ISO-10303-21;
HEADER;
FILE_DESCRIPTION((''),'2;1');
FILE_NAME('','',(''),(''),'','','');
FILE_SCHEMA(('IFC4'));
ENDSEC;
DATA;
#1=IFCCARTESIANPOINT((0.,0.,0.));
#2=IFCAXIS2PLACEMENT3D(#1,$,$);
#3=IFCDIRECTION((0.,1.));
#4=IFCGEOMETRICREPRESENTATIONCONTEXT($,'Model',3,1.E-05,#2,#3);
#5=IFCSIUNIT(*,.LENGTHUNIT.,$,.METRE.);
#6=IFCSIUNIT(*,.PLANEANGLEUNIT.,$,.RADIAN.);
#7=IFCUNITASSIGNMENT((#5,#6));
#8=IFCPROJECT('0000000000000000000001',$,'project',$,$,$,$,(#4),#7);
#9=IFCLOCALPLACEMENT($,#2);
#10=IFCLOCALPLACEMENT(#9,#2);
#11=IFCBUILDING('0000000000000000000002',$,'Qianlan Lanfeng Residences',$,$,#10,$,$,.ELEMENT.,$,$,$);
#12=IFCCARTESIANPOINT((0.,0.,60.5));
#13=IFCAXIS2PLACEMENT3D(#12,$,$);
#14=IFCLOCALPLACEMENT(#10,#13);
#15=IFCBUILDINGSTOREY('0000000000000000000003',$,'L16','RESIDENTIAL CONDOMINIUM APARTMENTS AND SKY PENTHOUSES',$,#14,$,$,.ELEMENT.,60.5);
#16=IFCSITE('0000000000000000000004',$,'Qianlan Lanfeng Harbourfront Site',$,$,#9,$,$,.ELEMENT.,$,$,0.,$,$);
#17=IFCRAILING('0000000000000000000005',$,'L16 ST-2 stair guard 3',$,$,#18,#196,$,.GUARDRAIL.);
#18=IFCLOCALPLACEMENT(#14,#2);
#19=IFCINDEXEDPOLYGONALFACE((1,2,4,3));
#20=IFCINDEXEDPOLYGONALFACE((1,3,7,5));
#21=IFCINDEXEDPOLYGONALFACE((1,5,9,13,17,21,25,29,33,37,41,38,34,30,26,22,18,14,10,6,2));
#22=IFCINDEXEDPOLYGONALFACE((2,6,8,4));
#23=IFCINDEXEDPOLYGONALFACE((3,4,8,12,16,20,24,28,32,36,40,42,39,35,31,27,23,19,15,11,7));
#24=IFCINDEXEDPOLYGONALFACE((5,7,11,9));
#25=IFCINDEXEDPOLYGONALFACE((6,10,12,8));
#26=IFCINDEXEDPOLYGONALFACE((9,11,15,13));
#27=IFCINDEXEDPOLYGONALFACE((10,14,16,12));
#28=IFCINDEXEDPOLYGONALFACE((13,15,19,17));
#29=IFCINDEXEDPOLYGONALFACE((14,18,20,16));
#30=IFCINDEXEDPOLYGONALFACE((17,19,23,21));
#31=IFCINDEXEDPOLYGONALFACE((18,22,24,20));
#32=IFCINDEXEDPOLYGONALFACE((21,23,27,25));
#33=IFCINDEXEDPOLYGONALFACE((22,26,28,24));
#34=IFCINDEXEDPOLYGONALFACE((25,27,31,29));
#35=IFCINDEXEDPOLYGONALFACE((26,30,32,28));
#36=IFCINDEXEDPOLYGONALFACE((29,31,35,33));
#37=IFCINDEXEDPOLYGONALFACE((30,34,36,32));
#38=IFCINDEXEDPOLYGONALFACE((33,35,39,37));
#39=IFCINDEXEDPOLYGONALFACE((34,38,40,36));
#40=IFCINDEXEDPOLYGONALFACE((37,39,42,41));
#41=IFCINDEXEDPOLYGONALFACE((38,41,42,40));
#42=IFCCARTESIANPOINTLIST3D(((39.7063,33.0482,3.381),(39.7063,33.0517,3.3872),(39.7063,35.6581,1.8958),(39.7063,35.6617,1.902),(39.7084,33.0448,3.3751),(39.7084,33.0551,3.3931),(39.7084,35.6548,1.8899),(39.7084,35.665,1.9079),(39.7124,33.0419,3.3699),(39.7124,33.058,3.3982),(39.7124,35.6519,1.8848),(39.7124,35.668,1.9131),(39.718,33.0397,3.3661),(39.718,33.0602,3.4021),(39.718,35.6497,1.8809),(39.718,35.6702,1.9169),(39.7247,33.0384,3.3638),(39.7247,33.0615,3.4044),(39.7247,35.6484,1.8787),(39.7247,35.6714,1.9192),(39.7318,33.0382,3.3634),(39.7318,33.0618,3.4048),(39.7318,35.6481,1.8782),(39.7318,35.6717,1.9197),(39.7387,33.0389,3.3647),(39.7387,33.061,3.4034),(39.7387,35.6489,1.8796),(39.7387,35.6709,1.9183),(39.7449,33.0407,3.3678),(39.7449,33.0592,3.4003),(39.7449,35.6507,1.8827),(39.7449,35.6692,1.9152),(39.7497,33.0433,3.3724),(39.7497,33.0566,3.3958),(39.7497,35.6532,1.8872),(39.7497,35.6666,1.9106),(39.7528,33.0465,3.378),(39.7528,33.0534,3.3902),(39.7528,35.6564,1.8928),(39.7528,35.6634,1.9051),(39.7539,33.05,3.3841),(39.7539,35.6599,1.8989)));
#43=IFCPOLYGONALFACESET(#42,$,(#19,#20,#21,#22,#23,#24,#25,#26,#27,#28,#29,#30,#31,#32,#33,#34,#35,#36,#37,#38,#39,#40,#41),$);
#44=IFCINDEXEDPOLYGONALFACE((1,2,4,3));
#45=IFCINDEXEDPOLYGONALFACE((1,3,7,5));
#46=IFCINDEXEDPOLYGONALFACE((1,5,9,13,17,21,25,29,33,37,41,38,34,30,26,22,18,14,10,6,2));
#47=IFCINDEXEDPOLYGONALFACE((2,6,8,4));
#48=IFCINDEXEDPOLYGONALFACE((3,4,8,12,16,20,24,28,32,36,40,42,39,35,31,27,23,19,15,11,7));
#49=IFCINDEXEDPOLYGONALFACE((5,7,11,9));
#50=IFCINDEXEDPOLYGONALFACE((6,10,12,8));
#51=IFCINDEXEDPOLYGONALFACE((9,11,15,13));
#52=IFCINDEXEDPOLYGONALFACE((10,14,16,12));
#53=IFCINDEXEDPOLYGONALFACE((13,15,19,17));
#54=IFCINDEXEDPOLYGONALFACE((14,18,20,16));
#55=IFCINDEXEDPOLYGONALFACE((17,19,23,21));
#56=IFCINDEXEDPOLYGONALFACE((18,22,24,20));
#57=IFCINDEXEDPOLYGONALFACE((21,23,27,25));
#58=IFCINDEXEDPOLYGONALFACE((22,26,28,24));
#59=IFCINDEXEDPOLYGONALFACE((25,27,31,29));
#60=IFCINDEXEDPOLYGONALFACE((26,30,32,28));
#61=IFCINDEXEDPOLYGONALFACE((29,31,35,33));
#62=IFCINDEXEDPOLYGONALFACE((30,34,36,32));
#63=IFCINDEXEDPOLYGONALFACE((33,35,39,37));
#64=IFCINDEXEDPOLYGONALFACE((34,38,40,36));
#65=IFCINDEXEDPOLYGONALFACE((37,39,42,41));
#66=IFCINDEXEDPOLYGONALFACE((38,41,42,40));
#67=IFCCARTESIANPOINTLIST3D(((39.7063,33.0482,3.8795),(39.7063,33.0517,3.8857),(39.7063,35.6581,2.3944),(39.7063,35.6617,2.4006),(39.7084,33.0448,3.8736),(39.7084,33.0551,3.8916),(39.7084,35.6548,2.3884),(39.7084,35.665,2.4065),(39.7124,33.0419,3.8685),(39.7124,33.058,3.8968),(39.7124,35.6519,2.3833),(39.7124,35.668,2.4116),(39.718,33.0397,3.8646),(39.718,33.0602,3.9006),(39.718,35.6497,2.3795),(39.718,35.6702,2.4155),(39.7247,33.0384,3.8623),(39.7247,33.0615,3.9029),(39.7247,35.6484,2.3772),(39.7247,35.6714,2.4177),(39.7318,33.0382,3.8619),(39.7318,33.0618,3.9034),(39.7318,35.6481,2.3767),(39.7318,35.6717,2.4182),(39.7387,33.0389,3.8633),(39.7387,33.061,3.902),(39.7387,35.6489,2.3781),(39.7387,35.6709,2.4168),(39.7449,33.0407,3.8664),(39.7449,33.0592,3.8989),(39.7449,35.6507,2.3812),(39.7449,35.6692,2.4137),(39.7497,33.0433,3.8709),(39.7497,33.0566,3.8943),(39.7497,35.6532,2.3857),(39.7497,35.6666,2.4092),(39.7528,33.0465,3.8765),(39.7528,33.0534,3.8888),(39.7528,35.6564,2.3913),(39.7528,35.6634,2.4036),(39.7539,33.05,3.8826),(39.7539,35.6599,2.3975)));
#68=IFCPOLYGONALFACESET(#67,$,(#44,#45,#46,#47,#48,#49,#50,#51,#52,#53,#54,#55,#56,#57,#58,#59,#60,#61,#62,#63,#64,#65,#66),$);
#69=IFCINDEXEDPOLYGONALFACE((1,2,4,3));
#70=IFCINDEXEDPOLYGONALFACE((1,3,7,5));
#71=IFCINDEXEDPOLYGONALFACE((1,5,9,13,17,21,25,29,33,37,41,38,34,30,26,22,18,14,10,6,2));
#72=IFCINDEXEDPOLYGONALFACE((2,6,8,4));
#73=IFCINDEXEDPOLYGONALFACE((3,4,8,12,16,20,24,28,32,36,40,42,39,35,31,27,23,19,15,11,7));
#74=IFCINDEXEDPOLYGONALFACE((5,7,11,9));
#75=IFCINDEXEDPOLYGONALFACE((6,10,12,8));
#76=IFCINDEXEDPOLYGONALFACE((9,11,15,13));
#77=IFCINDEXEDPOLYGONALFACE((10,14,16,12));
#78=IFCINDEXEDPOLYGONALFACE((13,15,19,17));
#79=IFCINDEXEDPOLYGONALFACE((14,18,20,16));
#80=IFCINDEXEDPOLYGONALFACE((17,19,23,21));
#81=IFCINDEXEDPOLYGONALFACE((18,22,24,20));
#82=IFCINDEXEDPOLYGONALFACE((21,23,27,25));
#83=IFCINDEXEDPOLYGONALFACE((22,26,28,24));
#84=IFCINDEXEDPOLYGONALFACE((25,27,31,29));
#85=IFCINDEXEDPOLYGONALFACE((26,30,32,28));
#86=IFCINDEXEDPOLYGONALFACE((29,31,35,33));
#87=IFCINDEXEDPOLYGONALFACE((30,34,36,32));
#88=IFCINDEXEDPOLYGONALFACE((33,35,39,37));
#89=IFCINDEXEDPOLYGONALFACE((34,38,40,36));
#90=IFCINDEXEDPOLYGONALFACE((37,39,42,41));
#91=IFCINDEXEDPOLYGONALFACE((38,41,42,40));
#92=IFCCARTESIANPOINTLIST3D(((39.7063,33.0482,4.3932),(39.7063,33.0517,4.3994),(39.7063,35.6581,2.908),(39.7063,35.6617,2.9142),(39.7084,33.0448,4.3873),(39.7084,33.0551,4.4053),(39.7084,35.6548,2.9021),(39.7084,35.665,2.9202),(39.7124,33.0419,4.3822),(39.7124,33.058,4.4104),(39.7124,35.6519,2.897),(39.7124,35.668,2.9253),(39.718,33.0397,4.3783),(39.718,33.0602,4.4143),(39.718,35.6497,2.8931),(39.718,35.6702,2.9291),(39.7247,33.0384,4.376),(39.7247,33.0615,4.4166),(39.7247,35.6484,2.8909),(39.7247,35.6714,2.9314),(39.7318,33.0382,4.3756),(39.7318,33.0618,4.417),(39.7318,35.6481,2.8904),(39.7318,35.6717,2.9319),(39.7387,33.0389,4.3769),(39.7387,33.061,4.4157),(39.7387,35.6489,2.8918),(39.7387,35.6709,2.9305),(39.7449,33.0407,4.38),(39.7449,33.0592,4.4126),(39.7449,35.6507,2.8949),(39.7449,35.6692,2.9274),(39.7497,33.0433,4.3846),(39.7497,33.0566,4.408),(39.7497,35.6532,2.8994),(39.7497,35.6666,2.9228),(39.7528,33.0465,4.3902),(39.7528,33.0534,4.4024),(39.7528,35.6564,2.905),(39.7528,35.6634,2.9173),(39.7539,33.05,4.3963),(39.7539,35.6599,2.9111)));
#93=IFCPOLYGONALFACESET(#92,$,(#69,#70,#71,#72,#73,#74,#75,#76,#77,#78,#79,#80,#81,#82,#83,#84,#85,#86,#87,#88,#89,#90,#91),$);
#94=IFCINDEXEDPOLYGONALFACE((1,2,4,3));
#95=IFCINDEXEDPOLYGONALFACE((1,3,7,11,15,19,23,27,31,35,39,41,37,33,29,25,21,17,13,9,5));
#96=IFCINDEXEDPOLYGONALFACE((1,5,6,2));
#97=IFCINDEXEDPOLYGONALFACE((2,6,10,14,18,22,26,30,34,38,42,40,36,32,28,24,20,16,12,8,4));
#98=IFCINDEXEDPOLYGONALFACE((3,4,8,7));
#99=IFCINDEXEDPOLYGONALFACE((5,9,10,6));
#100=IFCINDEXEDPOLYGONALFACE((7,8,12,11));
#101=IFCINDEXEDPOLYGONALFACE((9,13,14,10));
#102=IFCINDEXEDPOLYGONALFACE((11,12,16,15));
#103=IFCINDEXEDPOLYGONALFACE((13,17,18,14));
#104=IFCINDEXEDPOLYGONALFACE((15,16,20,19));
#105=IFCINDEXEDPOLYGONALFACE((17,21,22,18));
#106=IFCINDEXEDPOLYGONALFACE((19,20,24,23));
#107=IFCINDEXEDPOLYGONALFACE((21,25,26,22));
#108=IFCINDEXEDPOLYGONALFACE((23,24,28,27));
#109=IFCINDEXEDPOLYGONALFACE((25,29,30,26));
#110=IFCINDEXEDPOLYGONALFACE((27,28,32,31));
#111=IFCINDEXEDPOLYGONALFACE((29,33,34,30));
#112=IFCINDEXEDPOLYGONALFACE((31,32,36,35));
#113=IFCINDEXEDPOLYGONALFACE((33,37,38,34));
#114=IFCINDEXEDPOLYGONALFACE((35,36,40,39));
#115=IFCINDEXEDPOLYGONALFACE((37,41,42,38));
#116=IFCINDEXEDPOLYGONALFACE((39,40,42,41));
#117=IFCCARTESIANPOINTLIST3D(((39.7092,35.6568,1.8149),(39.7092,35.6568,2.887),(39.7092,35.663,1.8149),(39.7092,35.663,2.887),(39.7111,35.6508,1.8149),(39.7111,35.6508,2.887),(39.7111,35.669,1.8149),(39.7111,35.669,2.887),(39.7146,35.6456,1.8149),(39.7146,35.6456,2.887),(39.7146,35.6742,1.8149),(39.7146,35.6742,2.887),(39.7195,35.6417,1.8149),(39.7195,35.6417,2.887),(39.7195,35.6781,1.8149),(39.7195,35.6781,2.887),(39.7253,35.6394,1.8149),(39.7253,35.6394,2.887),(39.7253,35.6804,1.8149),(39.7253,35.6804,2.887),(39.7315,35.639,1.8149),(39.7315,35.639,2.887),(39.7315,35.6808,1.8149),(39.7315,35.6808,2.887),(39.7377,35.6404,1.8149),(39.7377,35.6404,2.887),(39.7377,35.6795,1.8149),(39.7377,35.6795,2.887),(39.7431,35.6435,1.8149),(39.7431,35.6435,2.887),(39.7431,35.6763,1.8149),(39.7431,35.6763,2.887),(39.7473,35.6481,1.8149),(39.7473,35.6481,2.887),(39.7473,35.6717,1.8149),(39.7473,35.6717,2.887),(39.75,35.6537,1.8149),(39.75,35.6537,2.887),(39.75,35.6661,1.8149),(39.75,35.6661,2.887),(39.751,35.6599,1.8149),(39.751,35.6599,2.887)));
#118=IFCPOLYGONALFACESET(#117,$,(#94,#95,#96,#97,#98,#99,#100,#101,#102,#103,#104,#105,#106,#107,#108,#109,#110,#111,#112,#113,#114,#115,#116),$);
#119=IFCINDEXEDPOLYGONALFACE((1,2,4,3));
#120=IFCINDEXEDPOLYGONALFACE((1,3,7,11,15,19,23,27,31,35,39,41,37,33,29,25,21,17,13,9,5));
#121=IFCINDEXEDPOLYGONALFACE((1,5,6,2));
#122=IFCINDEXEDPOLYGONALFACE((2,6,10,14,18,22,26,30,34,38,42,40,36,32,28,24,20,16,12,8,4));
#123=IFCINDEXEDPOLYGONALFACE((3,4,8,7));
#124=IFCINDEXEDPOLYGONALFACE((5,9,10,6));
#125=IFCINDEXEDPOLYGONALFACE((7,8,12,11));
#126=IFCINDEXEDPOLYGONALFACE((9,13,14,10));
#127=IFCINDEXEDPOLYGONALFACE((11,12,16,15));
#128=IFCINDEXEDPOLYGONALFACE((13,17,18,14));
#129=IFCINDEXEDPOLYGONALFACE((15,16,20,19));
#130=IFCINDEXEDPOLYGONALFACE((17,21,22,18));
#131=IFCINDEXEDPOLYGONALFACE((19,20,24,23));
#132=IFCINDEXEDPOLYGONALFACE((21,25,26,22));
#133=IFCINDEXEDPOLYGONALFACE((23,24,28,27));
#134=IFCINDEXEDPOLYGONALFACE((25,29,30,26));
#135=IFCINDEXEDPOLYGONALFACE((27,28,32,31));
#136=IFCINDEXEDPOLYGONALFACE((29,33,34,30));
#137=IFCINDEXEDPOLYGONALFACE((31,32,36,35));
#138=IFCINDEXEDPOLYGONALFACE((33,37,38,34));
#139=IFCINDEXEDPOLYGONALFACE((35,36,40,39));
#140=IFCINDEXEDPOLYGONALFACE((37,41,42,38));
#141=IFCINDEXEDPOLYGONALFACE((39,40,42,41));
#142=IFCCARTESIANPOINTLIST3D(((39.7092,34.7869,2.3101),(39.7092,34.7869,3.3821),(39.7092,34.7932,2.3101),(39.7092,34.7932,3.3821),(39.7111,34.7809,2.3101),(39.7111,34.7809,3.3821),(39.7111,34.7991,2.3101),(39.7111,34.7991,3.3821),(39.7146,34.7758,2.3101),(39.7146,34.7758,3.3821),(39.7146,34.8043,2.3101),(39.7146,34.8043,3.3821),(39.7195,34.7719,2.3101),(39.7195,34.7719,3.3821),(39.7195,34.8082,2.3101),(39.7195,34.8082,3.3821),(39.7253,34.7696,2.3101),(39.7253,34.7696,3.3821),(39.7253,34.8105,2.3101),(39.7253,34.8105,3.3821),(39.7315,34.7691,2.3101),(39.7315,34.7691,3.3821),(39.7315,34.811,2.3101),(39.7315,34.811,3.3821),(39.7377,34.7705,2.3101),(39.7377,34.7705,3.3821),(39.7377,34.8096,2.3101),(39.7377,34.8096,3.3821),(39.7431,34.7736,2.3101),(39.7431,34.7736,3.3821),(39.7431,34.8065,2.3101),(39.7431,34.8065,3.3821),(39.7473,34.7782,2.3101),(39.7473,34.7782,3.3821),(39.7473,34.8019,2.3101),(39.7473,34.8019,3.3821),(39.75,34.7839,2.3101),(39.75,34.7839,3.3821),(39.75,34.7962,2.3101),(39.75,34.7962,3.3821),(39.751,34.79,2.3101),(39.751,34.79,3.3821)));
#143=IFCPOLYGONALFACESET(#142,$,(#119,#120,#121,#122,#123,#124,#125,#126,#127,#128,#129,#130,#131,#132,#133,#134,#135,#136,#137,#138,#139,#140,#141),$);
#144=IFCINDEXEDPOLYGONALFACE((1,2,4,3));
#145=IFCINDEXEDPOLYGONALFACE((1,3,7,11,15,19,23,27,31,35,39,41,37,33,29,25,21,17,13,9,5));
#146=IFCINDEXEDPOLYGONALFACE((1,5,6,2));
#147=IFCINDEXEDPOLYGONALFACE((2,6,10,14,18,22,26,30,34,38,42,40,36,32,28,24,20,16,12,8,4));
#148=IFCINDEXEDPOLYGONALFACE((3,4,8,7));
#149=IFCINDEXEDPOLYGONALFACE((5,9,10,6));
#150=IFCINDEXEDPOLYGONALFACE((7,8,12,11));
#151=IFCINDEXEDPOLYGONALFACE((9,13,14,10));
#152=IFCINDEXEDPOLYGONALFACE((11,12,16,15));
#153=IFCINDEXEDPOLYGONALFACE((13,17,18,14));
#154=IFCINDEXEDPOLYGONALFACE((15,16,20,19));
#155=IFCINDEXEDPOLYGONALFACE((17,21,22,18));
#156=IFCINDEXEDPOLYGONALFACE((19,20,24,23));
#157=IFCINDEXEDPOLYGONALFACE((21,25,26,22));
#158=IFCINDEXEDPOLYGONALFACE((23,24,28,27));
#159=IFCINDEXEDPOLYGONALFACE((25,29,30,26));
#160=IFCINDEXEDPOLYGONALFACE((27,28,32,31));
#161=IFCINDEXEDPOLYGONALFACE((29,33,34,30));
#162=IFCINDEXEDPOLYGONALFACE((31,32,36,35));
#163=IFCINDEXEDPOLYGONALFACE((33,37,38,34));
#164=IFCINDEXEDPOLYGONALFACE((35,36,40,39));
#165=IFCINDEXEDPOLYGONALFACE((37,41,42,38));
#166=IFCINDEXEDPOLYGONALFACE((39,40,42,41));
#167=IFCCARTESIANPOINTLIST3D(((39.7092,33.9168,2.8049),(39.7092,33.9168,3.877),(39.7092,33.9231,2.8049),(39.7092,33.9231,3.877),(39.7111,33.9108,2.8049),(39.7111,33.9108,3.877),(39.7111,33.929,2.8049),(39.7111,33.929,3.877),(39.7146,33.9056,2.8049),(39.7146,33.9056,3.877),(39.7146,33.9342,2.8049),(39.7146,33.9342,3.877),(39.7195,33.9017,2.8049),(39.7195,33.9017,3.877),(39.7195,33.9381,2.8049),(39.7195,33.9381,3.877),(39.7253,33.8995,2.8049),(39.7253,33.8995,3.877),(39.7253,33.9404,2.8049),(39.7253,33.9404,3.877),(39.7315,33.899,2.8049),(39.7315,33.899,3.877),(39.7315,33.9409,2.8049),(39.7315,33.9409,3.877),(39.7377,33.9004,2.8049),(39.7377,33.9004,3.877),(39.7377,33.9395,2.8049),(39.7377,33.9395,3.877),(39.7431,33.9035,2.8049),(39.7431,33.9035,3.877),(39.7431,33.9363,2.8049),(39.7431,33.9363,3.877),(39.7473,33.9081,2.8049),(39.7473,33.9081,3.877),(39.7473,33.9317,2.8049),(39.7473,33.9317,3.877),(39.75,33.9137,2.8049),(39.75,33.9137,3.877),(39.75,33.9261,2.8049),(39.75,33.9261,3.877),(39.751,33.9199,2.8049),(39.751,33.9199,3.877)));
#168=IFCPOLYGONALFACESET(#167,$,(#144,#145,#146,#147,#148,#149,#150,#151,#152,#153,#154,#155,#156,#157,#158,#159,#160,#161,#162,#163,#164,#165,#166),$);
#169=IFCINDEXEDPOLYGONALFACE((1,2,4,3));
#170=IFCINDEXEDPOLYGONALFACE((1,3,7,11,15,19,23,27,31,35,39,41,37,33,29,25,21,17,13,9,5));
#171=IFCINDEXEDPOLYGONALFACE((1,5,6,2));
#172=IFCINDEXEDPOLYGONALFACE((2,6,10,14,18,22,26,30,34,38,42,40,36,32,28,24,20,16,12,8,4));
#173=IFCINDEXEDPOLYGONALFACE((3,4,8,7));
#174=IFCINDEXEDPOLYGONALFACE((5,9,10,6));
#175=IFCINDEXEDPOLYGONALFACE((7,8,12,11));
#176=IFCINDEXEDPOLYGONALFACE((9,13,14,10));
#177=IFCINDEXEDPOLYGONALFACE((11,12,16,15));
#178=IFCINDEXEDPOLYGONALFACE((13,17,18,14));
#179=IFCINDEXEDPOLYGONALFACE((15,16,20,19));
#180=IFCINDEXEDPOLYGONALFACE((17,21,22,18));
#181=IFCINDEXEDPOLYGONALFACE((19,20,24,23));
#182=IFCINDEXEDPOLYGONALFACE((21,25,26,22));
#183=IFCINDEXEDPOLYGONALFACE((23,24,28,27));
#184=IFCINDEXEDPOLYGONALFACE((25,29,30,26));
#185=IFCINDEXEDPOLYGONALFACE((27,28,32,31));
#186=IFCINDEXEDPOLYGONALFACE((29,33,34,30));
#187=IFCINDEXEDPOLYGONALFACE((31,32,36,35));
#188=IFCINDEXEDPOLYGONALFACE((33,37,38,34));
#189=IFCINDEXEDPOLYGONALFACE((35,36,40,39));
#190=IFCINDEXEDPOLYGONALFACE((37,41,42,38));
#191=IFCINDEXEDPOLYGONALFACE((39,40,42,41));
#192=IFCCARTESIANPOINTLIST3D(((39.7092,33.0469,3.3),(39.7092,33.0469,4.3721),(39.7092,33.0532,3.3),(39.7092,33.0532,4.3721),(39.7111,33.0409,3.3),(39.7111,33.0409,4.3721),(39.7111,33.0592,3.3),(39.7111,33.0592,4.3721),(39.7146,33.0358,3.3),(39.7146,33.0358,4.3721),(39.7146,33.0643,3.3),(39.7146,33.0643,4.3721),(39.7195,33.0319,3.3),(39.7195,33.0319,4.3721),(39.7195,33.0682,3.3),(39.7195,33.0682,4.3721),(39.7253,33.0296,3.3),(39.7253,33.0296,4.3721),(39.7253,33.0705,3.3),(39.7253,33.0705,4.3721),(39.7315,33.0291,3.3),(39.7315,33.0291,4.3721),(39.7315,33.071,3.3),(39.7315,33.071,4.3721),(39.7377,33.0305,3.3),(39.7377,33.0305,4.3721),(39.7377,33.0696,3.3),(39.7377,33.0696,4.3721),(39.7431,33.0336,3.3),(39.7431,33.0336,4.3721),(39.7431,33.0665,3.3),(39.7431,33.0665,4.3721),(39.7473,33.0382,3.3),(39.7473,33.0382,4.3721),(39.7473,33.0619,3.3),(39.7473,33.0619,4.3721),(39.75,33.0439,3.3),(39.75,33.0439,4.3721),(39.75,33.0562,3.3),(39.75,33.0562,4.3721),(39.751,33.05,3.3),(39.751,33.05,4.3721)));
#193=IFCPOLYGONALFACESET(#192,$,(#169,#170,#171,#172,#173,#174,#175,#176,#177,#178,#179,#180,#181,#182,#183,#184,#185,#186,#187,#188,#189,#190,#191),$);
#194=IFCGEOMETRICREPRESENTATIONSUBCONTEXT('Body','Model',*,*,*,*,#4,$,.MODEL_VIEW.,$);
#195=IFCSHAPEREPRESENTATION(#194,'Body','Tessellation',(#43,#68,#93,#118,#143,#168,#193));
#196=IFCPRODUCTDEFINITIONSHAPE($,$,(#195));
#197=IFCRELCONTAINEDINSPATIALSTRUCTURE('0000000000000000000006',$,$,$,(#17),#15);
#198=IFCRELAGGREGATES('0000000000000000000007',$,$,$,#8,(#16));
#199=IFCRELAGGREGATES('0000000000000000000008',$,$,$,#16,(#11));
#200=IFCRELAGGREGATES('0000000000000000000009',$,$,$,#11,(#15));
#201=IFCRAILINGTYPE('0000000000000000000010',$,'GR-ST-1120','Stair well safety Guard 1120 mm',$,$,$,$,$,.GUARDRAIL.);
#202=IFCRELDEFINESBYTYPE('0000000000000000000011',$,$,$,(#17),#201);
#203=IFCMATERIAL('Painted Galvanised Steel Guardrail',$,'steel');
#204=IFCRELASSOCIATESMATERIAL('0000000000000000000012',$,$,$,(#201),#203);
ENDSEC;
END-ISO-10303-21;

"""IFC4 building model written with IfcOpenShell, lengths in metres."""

from ifc_helpers import new_model, si_unit, direction, frame, origin, origin_2d, place, context, subcontext, project, spatial, circle, extrude, material, type_object, element, save


model = new_model("IFC4")

# Units and contexts
model_context = context("Model", 3, precision=1e-05, world=origin(), true_north=direction((0.0, 1.0)))
body_context = subcontext(model_context, "Body", "Model", "MODEL_VIEW")
ifc_project = project(units=[si_unit("LENGTHUNIT", "METRE"), si_unit("PLANEANGLEUNIT", "RADIAN")], contexts=[model_context])

# Site, building, storey
site_placement = place(None, origin())
site = spatial("IfcSite", under=ifc_project, at=site_placement, Name="Qianlan Lanfeng Harbourfront Site", CompositionType="ELEMENT", RefElevation=0.0)
building_placement = place(site_placement, origin())
building = spatial("IfcBuilding", under=site, at=building_placement, Name="Qianlan Lanfeng Residences", CompositionType="ELEMENT")
storey_placement = place(building_placement, frame((0.0, 0.0, 60.5)))
storey = spatial("IfcBuildingStorey", under=building, at=storey_placement, Name="L16", Description="RESIDENTIAL CONDOMINIUM APARTMENTS AND SKY PENTHOUSES", CompositionType="ELEMENT", Elevation=60.5)

# Railing
ifc_material_1 = material(Name="Painted Galvanised Steel Guardrail", Category="steel")
railing_type_1 = type_object("IfcRailingType", Name="GR-ST-1120", Description="Stair well safety Guard 1120 mm", PredefinedType="GUARDRAIL", material=ifc_material_1)
railing_1_placement = place(storey_placement, frame((39.73, 35.6599, 1.8149)))
element("IfcRailing", 1, at=railing_1_placement, inside=storey, type_object=railing_type_1, Name="L16 ST-2 stair guard 3", PredefinedType="GUARDRAIL", context=body_context, shape_type="SweptSolid", body=[
    extrude(circle(Radius=0.0239, at=origin_2d()), frame((0.0, 0.0, 0.084), z_axis=(0.0, -0.869137, 0.494571), x_axis=(1.0, 0.0, 0.0)), (0.0, 0.0, 1.0), 3.0029),
    extrude(circle(Radius=0.0239, at=origin_2d()), frame((0.0, 0.0, 0.5825), z_axis=(0.0, -0.869137, 0.494571), x_axis=(1.0, 0.0, 0.0)), (0.0, 0.0, 1.0), 3.0029),
    extrude(circle(Radius=0.0239, at=origin_2d()), frame((0.0, 0.0, 1.0962), z_axis=(0.0, -0.869137, 0.494571), x_axis=(1.0, 0.0, 0.0)), (0.0, 0.0, 1.0), 3.0029),
    extrude(circle(Radius=0.021, at=origin_2d()), origin(), (0.0, 0.0, 1.0), 1.072),
    extrude(circle(Radius=0.021, at=origin_2d()), frame((0.0, -0.8699, 0.4951)), (0.0, 0.0, 1.0), 1.072),
    extrude(circle(Radius=0.021, at=origin_2d()), frame((0.0, -1.74, 0.99)), (0.0, 0.0, 1.0), 1.072),
    extrude(circle(Radius=0.021, at=origin_2d()), frame((0.0, -2.6099, 1.4851)), (0.0, 0.0, 1.0), 1.072),
])

save(model, "model.ifc")
